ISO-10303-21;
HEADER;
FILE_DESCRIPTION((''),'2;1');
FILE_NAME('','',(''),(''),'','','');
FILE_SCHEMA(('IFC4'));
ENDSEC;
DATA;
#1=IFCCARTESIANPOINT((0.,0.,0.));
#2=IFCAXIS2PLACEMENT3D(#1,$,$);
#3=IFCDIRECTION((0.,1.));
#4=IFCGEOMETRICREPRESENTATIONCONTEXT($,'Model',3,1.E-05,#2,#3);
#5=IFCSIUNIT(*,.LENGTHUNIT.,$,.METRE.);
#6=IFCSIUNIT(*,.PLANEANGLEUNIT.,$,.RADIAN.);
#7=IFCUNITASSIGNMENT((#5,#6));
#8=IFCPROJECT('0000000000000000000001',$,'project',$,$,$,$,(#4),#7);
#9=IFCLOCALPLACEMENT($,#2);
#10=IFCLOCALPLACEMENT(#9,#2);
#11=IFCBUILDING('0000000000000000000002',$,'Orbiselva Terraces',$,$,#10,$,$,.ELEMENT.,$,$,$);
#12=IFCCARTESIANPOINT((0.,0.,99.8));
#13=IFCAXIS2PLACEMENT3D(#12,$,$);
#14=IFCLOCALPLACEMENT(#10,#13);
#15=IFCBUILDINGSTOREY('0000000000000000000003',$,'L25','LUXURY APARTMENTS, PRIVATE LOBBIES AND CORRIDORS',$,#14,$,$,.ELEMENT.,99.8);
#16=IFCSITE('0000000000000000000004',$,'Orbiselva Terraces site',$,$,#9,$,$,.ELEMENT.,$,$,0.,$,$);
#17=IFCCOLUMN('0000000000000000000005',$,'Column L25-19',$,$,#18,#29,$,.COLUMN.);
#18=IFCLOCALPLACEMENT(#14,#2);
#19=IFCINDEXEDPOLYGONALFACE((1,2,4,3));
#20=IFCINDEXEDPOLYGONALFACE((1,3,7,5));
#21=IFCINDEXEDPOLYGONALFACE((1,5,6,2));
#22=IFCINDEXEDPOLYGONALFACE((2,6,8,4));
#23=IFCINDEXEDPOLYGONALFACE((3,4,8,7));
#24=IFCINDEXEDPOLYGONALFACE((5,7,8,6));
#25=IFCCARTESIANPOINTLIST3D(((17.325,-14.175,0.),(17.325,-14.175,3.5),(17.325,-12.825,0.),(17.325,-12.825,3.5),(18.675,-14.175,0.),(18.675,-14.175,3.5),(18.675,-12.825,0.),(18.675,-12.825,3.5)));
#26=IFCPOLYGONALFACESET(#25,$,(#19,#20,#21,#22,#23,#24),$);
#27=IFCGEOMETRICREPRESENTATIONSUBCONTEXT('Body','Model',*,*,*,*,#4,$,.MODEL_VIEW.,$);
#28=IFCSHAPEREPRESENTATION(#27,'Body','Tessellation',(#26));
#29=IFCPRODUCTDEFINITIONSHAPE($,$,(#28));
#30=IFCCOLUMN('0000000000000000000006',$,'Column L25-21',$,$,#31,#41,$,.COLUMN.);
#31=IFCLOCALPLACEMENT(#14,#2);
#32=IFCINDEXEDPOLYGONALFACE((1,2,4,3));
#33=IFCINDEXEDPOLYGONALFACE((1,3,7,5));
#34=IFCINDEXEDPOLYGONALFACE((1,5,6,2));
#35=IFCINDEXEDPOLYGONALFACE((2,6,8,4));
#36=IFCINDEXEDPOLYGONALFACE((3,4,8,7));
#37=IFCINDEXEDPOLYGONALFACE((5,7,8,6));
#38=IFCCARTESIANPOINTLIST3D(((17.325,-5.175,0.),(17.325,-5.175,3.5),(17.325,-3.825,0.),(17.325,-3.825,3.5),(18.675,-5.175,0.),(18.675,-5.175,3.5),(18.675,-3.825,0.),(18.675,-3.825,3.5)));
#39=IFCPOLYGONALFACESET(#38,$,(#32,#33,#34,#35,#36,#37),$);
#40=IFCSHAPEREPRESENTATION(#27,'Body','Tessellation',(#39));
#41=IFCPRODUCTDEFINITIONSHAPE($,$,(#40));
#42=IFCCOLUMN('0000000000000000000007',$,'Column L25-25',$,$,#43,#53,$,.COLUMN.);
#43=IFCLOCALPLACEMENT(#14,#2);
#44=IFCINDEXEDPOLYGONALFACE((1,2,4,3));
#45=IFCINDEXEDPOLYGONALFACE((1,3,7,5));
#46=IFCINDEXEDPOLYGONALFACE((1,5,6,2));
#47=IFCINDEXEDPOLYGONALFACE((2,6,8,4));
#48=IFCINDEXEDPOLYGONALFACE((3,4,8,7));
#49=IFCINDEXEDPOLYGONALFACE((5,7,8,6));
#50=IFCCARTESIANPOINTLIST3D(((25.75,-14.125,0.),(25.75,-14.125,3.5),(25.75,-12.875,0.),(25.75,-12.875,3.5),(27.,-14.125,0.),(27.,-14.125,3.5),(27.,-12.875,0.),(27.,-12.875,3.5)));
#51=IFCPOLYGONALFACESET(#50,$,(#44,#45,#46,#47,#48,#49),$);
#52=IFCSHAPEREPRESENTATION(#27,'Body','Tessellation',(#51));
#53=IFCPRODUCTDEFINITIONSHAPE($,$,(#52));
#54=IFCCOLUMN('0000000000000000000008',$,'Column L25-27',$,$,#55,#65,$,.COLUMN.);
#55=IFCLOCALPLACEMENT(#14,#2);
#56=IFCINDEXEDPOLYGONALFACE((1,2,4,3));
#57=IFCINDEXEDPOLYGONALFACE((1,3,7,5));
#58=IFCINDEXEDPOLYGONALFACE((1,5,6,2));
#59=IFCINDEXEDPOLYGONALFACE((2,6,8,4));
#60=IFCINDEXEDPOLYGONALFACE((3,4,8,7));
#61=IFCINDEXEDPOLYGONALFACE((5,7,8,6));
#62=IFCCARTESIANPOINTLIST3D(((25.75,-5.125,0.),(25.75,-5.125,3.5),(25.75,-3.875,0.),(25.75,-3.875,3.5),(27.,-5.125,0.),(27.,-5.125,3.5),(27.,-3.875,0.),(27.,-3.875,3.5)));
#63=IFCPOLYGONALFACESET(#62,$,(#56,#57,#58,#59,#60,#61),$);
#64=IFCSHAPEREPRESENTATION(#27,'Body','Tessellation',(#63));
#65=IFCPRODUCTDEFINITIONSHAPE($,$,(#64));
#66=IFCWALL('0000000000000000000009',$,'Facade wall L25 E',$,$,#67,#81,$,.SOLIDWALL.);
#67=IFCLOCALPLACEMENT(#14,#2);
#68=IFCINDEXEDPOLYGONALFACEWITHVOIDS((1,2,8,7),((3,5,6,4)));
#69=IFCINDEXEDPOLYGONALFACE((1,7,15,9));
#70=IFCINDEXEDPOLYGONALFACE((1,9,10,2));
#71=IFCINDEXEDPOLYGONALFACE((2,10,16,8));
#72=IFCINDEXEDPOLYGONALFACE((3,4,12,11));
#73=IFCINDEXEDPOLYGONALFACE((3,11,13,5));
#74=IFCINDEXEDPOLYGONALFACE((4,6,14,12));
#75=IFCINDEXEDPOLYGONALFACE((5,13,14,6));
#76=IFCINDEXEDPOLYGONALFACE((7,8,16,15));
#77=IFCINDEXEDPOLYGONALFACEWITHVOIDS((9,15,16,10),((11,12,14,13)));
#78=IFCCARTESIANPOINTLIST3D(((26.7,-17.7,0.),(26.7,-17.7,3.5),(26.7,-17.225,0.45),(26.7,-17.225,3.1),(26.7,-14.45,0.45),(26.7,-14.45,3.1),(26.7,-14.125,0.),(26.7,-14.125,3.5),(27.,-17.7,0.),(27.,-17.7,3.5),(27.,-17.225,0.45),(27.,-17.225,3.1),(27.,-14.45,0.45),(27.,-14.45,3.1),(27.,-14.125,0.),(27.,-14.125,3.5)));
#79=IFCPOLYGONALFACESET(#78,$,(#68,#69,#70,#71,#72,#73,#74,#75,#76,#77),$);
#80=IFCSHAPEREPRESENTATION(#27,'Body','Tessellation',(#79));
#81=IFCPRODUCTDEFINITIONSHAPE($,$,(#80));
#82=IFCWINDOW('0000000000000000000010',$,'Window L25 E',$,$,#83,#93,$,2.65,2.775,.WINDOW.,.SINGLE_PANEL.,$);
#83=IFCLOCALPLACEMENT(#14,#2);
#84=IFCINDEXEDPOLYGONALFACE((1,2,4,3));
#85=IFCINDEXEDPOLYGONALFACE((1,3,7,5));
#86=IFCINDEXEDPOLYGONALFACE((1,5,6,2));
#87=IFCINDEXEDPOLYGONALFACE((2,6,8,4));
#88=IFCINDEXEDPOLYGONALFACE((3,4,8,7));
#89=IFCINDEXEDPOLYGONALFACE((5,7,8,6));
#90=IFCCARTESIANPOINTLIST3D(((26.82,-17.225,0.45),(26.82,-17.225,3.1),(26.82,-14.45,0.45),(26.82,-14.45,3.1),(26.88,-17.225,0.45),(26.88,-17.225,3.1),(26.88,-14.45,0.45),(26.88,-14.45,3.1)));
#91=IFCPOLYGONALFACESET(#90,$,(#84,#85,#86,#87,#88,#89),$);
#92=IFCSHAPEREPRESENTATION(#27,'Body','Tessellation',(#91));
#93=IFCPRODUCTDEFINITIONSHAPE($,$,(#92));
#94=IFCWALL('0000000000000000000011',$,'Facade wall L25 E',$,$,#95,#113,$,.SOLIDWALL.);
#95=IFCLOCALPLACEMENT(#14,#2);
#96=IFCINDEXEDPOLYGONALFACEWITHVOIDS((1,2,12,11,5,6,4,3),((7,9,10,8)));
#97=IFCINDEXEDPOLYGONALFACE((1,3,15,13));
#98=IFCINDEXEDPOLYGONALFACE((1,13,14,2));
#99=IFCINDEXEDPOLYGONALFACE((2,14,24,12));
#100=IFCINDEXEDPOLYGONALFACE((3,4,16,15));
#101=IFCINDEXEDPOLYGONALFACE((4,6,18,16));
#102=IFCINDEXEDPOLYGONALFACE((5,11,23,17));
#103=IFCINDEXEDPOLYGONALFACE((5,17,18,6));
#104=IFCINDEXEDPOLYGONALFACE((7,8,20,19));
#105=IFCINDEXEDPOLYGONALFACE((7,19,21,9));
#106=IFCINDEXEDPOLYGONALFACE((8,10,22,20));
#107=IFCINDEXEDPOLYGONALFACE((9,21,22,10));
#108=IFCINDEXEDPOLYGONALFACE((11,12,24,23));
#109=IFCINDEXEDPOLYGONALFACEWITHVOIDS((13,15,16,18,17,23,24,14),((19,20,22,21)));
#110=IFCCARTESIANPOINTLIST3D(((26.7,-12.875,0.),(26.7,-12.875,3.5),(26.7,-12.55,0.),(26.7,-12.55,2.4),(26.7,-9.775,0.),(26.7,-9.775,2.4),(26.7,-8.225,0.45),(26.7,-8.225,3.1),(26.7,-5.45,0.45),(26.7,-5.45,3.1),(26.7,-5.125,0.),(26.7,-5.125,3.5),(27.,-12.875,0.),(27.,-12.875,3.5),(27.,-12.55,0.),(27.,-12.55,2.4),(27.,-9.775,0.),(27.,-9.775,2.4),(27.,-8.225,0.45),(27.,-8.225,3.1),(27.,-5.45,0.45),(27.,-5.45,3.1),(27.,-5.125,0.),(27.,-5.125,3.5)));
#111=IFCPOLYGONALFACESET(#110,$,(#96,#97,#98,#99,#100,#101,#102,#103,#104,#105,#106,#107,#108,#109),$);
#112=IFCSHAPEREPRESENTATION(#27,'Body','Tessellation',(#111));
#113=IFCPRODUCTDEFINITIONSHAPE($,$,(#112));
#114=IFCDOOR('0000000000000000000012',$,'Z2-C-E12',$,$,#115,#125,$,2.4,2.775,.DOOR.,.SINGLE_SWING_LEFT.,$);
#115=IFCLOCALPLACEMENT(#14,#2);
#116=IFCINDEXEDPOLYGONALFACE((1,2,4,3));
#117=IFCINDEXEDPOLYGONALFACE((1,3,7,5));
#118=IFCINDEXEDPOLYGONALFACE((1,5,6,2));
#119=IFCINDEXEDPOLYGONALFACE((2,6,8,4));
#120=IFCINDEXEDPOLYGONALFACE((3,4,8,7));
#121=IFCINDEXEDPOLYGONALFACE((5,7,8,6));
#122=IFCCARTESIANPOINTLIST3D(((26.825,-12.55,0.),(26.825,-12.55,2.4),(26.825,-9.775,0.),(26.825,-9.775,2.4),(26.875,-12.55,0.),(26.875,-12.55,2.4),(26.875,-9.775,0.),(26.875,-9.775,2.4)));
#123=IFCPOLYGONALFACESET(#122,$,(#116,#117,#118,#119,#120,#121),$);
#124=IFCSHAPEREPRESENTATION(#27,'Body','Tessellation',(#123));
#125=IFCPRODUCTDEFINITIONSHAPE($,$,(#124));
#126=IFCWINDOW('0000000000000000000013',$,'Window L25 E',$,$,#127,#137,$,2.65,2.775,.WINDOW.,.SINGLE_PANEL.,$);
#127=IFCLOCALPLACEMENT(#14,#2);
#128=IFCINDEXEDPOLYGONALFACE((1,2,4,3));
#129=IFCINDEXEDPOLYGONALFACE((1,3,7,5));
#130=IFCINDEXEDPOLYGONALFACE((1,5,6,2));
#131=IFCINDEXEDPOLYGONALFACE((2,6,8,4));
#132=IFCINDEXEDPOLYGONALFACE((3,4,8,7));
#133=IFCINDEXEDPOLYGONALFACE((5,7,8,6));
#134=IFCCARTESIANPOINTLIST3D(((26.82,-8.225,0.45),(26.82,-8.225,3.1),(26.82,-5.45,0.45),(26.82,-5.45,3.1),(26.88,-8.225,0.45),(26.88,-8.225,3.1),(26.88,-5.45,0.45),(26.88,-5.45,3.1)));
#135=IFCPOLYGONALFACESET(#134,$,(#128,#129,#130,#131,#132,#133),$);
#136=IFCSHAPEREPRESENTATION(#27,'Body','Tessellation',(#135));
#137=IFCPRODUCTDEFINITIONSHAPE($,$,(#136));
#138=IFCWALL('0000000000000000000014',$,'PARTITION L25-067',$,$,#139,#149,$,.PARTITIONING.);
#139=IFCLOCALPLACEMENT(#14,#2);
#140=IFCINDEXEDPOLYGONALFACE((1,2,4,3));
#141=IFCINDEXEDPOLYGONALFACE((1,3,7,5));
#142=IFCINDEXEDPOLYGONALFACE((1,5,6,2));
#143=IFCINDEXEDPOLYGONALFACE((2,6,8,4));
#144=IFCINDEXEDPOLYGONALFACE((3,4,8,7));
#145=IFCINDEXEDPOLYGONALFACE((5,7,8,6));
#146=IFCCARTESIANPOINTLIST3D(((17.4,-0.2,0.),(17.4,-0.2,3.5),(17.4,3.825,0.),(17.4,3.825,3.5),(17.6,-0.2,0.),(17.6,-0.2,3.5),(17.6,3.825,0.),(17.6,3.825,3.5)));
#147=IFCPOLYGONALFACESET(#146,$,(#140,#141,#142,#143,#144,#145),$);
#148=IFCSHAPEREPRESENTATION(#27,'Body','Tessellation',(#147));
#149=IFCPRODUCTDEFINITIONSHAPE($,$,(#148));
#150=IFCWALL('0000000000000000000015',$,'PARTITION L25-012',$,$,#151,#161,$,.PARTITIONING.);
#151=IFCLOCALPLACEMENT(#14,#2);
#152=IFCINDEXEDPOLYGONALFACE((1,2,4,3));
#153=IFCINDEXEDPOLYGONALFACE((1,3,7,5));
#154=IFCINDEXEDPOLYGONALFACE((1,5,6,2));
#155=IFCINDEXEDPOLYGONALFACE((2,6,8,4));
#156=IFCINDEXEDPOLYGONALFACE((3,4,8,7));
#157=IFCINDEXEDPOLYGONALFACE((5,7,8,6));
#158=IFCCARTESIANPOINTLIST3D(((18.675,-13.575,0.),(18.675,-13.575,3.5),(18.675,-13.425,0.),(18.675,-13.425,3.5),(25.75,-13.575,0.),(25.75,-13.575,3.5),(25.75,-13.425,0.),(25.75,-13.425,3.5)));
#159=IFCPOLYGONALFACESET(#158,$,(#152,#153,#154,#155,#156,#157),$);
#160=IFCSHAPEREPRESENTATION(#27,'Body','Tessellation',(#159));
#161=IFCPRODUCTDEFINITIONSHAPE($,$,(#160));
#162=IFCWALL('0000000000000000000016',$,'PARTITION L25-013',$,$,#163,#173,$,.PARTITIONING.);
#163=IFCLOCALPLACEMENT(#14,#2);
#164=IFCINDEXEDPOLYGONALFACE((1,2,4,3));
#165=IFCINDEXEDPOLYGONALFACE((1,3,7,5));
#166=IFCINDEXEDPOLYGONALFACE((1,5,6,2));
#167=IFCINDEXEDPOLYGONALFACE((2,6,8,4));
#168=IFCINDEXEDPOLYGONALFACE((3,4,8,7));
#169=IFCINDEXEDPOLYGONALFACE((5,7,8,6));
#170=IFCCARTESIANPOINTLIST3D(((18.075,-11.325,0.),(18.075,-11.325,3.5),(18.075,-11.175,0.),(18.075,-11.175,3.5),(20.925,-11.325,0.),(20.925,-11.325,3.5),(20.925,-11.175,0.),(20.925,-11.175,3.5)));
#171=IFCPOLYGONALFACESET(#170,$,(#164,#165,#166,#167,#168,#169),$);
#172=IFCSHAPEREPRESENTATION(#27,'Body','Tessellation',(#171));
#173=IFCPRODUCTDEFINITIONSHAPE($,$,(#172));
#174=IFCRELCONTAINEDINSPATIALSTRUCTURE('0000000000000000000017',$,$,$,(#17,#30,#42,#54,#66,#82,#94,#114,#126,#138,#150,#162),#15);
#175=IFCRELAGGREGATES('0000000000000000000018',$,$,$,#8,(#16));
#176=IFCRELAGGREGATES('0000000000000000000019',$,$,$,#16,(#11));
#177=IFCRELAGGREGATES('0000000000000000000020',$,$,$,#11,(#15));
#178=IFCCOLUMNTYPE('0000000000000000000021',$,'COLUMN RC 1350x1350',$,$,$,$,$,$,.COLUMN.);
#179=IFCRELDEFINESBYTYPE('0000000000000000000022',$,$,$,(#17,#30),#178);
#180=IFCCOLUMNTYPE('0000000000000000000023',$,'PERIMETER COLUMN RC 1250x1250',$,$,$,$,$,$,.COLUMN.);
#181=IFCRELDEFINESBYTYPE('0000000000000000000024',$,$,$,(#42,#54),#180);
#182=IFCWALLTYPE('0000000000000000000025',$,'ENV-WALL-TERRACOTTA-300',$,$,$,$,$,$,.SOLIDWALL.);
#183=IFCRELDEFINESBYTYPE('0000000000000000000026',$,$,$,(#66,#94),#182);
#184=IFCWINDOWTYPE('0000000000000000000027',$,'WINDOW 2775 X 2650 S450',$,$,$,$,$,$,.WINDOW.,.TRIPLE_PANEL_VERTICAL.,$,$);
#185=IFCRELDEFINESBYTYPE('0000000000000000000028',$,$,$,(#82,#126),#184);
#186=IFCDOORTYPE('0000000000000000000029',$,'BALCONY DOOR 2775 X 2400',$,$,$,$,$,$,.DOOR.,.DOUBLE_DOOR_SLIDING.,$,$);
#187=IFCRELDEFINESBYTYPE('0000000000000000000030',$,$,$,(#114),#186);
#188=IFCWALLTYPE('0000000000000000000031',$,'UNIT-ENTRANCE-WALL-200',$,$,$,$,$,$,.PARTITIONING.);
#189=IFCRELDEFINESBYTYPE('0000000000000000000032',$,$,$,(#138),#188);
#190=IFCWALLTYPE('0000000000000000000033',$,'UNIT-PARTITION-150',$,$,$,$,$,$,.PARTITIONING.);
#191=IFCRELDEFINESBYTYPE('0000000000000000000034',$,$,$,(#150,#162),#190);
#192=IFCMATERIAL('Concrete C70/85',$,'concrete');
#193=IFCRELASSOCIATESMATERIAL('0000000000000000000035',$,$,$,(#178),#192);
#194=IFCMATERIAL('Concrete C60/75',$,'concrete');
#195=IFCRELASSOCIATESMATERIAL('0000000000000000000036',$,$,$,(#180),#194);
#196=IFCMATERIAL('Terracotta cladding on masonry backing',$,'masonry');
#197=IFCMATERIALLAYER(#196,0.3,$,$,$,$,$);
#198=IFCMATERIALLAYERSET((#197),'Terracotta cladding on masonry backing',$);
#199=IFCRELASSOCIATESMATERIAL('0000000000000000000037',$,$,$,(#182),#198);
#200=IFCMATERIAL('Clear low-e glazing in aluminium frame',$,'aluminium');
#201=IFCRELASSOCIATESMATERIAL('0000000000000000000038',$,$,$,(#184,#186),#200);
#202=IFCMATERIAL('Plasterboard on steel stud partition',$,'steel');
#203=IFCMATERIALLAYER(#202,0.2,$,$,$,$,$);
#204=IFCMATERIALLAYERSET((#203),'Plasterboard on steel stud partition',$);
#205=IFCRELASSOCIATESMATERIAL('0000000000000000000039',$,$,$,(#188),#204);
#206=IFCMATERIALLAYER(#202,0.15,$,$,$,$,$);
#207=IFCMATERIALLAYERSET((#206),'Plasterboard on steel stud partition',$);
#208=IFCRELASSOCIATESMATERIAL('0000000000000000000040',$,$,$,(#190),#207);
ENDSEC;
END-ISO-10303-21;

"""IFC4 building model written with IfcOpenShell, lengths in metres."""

from ifc_helpers import new_model, si_unit, direction, frame, frame_2d, origin, origin_2d, place, context, subcontext, project, spatial, rectangle, extrude, material, layer, layer_set, material_profile, profile_set, type_object, element, fill, save


model = new_model("IFC4")

# Units and contexts
model_context = context("Model", 3, precision=1e-05, world=origin(), true_north=direction((0.0, 1.0)))
body_context = subcontext(model_context, "Body", "Model", "MODEL_VIEW")
ifc_project = project(units=[si_unit("LENGTHUNIT", "METRE"), si_unit("PLANEANGLEUNIT", "RADIAN")], contexts=[model_context])

# Site, building, storey
site_placement = place(None, origin())
site = spatial("IfcSite", under=ifc_project, at=site_placement, Name="Orbiselva Terraces site", CompositionType="ELEMENT", RefElevation=0.0)
building_placement = place(site_placement, origin())
building = spatial("IfcBuilding", under=site, at=building_placement, Name="Orbiselva Terraces", CompositionType="ELEMENT")
storey_placement = place(building_placement, frame((0.0, 0.0, 99.8)))
storey = spatial("IfcBuildingStorey", under=building, at=storey_placement, Name="L25", Description="LUXURY APARTMENTS, PRIVATE LOBBIES AND CORRIDORS", CompositionType="ELEMENT", Elevation=99.8)

# Columns
ifc_material_1 = material(Name="Concrete C70/85", Category="concrete")
ifc_material_profile_1 = material_profile(ifc_material_1, rectangle(XDim=1.35, YDim=1.35, at=origin_2d()), Name="RC 1350x1350")
ifc_profile_set_1 = profile_set([ifc_material_profile_1], Name="Concrete C70/85")
column_type_1 = type_object("IfcColumnType", Name="COLUMN RC 1350x1350", PredefinedType="COLUMN", material=ifc_profile_set_1)
for number, where, z_axis, x_axis, name in (
    (1, (18.0, -13.5, 0.0), (0.0, 0.0, 1.0), (1.0, 0.0, 0.0), "Column L25-19"),
    (2, (18.0, -4.5, 0.0), (0.0, 0.0, 1.0), (1.0, 0.0, 0.0), "Column L25-21"),
):
    element("IfcColumn", number, at=place(storey_placement, frame(where, z_axis=z_axis, x_axis=x_axis)), inside=storey, type_object=column_type_1, Name=name, PredefinedType="COLUMN", context=body_context, shape_type="SweptSolid", body=[
        extrude(rectangle(XDim=1.35, YDim=1.35, at=origin_2d()), origin(), (0.0, 0.0, 1.0), 3.5),
    ])
ifc_material_2 = material(Name="Concrete C60/75", Category="concrete")
ifc_material_profile_2 = material_profile(ifc_material_2, rectangle(XDim=1.25, YDim=1.25, at=origin_2d()), Name="RC 1250x1250")
ifc_profile_set_2 = profile_set([ifc_material_profile_2], Name="Concrete C60/75")
column_type_2 = type_object("IfcColumnType", Name="PERIMETER COLUMN RC 1250x1250", PredefinedType="COLUMN", material=ifc_profile_set_2)
for number, where, z_axis, x_axis, name in (
    (3, (26.375, -13.5, 0.0), (0.0, 0.0, 1.0), (1.0, 0.0, 0.0), "Column L25-25"),
    (4, (26.375, -4.5, 0.0), (0.0, 0.0, 1.0), (1.0, 0.0, 0.0), "Column L25-27"),
):
    element("IfcColumn", number, at=place(storey_placement, frame(where, z_axis=z_axis, x_axis=x_axis)), inside=storey, type_object=column_type_2, Name=name, PredefinedType="COLUMN", context=body_context, shape_type="SweptSolid", body=[
        extrude(rectangle(XDim=1.25, YDim=1.25, at=origin_2d()), origin(), (0.0, 0.0, 1.0), 3.5),
    ])

# Wall, opening, window
ifc_material_3 = material(Name="Terracotta cladding on masonry backing", Category="masonry")
ifc_layer_1 = layer(ifc_material_3, 0.3)
ifc_layer_set_1 = layer_set([ifc_layer_1], Name="Terracotta cladding on masonry backing")
wall_type_1 = type_object("IfcWallType", Name="ENV-WALL-TERRACOTTA-300", PredefinedType="SOLIDWALL", material=ifc_layer_set_1)
wall_1_placement = place(storey_placement, frame((26.85, -14.125, 0.0), z_axis=(0.0, 0.0, 1.0), x_axis=(0.0, -1.0, 0.0)))
wall_1 = element("IfcWall", 5, at=wall_1_placement, inside=storey, type_object=wall_type_1, Name="Facade wall L25 E", PredefinedType="SOLIDWALL", context=body_context, shape_type="SweptSolid", body=[
    extrude(rectangle(XDim=3.575, YDim=0.3, at=frame_2d((1.7875, 0.0))), origin(), (0.0, 0.0, 1.0), 3.5),
])
opening_1_placement = place(wall_1_placement, frame((0.325, 0.0, 0.45)))
opening_1 = element("IfcOpeningElement", 6, at=opening_1_placement, cuts=wall_1, PredefinedType="OPENING", context=body_context, shape_type="SweptSolid", body=[
    extrude(rectangle(XDim=2.775, YDim=2.65, at=frame_2d((1.3875, 1.325))), frame((0.0, 0.16, 0.0), z_axis=(0.0, -1.0, 0.0), x_axis=(1.0, 0.0, 0.0)), (0.0, 0.0, 1.0), 0.32),
])
ifc_material_4 = material(Name="Clear low-e glazing in aluminium frame", Category="aluminium")
window_type = type_object("IfcWindowType", Name="WINDOW 2775 X 2650 S450", PartitioningType="TRIPLE_PANEL_VERTICAL", PredefinedType="WINDOW", material=ifc_material_4)
window_1_placement = place(opening_1_placement, origin())
window_1 = element("IfcWindow", 7, at=window_1_placement, inside=storey, type_object=window_type, Name="Window L25 E", OverallHeight=2.65, OverallWidth=2.775, PartitioningType="SINGLE_PANEL", PredefinedType="WINDOW", context=body_context, shape_type="SweptSolid", body=[
    extrude(rectangle(XDim=2.775, YDim=2.65, at=frame_2d((1.3875, 1.325))), frame((0.0, 0.03, 0.0), z_axis=(0.0, -1.0, 0.0), x_axis=(1.0, 0.0, 0.0)), (0.0, 0.0, 1.0), 0.06),
])
fill(opening_1, window_1)

# Wall, openings, door, window
wall_2_placement = place(storey_placement, frame((26.85, -5.125, 0.0), z_axis=(0.0, 0.0, 1.0), x_axis=(0.0, -1.0, 0.0)))
wall_2 = element("IfcWall", 8, at=wall_2_placement, inside=storey, type_object=wall_type_1, Name="Facade wall L25 E", PredefinedType="SOLIDWALL", context=body_context, shape_type="SweptSolid", body=[
    extrude(rectangle(XDim=7.75, YDim=0.3, at=frame_2d((3.875, 0.0))), origin(), (0.0, 0.0, 1.0), 3.5),
])
opening_2_placement = place(wall_2_placement, frame((4.65, 0.0, 0.0)))
opening_2 = element("IfcOpeningElement", 9, at=opening_2_placement, cuts=wall_2, PredefinedType="OPENING", context=body_context, shape_type="SweptSolid", body=[
    extrude(rectangle(XDim=2.775, YDim=2.4, at=frame_2d((1.3875, 1.2))), frame((0.0, 0.16, 0.0), z_axis=(0.0, -1.0, 0.0), x_axis=(1.0, 0.0, 0.0)), (0.0, 0.0, 1.0), 0.32),
])
opening_3_placement = place(wall_2_placement, frame((0.325, 0.0, 0.45)))
opening_3 = element("IfcOpeningElement", 10, at=opening_3_placement, cuts=wall_2, PredefinedType="OPENING", context=body_context, shape_type="SweptSolid", body=[
    extrude(rectangle(XDim=2.775, YDim=2.65, at=frame_2d((1.3875, 1.325))), frame((0.0, 0.16, 0.0), z_axis=(0.0, -1.0, 0.0), x_axis=(1.0, 0.0, 0.0)), (0.0, 0.0, 1.0), 0.32),
])
door_type_1 = type_object("IfcDoorType", Name="BALCONY DOOR 2775 X 2400", OperationType="DOUBLE_DOOR_SLIDING", PredefinedType="DOOR", material=ifc_material_4)
door_1_placement = place(opening_2_placement, origin())
door_1 = element("IfcDoor", 11, at=door_1_placement, inside=storey, type_object=door_type_1, Name="Z2-C-E12", OperationType="SINGLE_SWING_LEFT", OverallHeight=2.4, OverallWidth=2.775, PredefinedType="DOOR", context=body_context, shape_type="SweptSolid", body=[
    extrude(rectangle(XDim=2.775, YDim=2.4, at=frame_2d((1.3875, 1.2))), frame((0.0, 0.025, 0.0), z_axis=(0.0, -1.0, 0.0), x_axis=(1.0, 0.0, 0.0)), (0.0, 0.0, 1.0), 0.05),
])
fill(opening_2, door_1)
window_2_placement = place(opening_3_placement, origin())
window_2 = element("IfcWindow", 12, at=window_2_placement, inside=storey, type_object=window_type, Name="Window L25 E", OverallHeight=2.65, OverallWidth=2.775, PartitioningType="SINGLE_PANEL", PredefinedType="WINDOW", context=body_context, shape_type="SweptSolid", body=[
    extrude(rectangle(XDim=2.775, YDim=2.65, at=frame_2d((1.3875, 1.325))), frame((0.0, 0.03, 0.0), z_axis=(0.0, -1.0, 0.0), x_axis=(1.0, 0.0, 0.0)), (0.0, 0.0, 1.0), 0.06),
])
fill(opening_3, window_2)

# Walls
ifc_material_5 = material(Name="Plasterboard on steel stud partition", Category="steel")
ifc_layer_2 = layer(ifc_material_5, 0.2)
ifc_layer_set_2 = layer_set([ifc_layer_2], Name="Plasterboard on steel stud partition")
wall_type_2 = type_object("IfcWallType", Name="UNIT-ENTRANCE-WALL-200", PredefinedType="PARTITIONING", material=ifc_layer_set_2)
wall_3_placement = place(storey_placement, frame((17.5, -0.2, 0.0), z_axis=(0.0, 0.0, 1.0), x_axis=(0.0, 1.0, 0.0)))
element("IfcWall", 13, at=wall_3_placement, inside=storey, type_object=wall_type_2, Name="PARTITION L25-067", PredefinedType="PARTITIONING", context=body_context, shape_type="SweptSolid", body=[
    extrude(rectangle(XDim=4.025, YDim=0.2, at=frame_2d((2.0125, 0.0))), origin(), (0.0, 0.0, 1.0), 3.5),
])
ifc_layer_3 = layer(ifc_material_5, 0.15)
ifc_layer_set_3 = layer_set([ifc_layer_3], Name="Plasterboard on steel stud partition")
wall_type_3 = type_object("IfcWallType", Name="UNIT-PARTITION-150", PredefinedType="PARTITIONING", material=ifc_layer_set_3)
wall_4_placement = place(storey_placement, frame((18.675, -13.5, 0.0), z_axis=(0.0, 0.0, 1.0), x_axis=(1.0, 0.0, 0.0)))
element("IfcWall", 14, at=wall_4_placement, inside=storey, type_object=wall_type_3, Name="PARTITION L25-012", PredefinedType="PARTITIONING", context=body_context, shape_type="SweptSolid", body=[
    extrude(rectangle(XDim=7.075, YDim=0.15, at=frame_2d((3.5375, 0.0))), origin(), (0.0, 0.0, 1.0), 3.5),
])
wall_5_placement = place(storey_placement, frame((18.075, -11.25, 0.0), z_axis=(0.0, 0.0, 1.0), x_axis=(1.0, 0.0, 0.0)))
element("IfcWall", 15, at=wall_5_placement, inside=storey, type_object=wall_type_3, Name="PARTITION L25-013", PredefinedType="PARTITIONING", context=body_context, shape_type="SweptSolid", body=[
    extrude(rectangle(XDim=2.85, YDim=0.15, at=frame_2d((1.425, 0.0))), origin(), (0.0, 0.0, 1.0), 3.5),
])

save(model, "model.ifc")
